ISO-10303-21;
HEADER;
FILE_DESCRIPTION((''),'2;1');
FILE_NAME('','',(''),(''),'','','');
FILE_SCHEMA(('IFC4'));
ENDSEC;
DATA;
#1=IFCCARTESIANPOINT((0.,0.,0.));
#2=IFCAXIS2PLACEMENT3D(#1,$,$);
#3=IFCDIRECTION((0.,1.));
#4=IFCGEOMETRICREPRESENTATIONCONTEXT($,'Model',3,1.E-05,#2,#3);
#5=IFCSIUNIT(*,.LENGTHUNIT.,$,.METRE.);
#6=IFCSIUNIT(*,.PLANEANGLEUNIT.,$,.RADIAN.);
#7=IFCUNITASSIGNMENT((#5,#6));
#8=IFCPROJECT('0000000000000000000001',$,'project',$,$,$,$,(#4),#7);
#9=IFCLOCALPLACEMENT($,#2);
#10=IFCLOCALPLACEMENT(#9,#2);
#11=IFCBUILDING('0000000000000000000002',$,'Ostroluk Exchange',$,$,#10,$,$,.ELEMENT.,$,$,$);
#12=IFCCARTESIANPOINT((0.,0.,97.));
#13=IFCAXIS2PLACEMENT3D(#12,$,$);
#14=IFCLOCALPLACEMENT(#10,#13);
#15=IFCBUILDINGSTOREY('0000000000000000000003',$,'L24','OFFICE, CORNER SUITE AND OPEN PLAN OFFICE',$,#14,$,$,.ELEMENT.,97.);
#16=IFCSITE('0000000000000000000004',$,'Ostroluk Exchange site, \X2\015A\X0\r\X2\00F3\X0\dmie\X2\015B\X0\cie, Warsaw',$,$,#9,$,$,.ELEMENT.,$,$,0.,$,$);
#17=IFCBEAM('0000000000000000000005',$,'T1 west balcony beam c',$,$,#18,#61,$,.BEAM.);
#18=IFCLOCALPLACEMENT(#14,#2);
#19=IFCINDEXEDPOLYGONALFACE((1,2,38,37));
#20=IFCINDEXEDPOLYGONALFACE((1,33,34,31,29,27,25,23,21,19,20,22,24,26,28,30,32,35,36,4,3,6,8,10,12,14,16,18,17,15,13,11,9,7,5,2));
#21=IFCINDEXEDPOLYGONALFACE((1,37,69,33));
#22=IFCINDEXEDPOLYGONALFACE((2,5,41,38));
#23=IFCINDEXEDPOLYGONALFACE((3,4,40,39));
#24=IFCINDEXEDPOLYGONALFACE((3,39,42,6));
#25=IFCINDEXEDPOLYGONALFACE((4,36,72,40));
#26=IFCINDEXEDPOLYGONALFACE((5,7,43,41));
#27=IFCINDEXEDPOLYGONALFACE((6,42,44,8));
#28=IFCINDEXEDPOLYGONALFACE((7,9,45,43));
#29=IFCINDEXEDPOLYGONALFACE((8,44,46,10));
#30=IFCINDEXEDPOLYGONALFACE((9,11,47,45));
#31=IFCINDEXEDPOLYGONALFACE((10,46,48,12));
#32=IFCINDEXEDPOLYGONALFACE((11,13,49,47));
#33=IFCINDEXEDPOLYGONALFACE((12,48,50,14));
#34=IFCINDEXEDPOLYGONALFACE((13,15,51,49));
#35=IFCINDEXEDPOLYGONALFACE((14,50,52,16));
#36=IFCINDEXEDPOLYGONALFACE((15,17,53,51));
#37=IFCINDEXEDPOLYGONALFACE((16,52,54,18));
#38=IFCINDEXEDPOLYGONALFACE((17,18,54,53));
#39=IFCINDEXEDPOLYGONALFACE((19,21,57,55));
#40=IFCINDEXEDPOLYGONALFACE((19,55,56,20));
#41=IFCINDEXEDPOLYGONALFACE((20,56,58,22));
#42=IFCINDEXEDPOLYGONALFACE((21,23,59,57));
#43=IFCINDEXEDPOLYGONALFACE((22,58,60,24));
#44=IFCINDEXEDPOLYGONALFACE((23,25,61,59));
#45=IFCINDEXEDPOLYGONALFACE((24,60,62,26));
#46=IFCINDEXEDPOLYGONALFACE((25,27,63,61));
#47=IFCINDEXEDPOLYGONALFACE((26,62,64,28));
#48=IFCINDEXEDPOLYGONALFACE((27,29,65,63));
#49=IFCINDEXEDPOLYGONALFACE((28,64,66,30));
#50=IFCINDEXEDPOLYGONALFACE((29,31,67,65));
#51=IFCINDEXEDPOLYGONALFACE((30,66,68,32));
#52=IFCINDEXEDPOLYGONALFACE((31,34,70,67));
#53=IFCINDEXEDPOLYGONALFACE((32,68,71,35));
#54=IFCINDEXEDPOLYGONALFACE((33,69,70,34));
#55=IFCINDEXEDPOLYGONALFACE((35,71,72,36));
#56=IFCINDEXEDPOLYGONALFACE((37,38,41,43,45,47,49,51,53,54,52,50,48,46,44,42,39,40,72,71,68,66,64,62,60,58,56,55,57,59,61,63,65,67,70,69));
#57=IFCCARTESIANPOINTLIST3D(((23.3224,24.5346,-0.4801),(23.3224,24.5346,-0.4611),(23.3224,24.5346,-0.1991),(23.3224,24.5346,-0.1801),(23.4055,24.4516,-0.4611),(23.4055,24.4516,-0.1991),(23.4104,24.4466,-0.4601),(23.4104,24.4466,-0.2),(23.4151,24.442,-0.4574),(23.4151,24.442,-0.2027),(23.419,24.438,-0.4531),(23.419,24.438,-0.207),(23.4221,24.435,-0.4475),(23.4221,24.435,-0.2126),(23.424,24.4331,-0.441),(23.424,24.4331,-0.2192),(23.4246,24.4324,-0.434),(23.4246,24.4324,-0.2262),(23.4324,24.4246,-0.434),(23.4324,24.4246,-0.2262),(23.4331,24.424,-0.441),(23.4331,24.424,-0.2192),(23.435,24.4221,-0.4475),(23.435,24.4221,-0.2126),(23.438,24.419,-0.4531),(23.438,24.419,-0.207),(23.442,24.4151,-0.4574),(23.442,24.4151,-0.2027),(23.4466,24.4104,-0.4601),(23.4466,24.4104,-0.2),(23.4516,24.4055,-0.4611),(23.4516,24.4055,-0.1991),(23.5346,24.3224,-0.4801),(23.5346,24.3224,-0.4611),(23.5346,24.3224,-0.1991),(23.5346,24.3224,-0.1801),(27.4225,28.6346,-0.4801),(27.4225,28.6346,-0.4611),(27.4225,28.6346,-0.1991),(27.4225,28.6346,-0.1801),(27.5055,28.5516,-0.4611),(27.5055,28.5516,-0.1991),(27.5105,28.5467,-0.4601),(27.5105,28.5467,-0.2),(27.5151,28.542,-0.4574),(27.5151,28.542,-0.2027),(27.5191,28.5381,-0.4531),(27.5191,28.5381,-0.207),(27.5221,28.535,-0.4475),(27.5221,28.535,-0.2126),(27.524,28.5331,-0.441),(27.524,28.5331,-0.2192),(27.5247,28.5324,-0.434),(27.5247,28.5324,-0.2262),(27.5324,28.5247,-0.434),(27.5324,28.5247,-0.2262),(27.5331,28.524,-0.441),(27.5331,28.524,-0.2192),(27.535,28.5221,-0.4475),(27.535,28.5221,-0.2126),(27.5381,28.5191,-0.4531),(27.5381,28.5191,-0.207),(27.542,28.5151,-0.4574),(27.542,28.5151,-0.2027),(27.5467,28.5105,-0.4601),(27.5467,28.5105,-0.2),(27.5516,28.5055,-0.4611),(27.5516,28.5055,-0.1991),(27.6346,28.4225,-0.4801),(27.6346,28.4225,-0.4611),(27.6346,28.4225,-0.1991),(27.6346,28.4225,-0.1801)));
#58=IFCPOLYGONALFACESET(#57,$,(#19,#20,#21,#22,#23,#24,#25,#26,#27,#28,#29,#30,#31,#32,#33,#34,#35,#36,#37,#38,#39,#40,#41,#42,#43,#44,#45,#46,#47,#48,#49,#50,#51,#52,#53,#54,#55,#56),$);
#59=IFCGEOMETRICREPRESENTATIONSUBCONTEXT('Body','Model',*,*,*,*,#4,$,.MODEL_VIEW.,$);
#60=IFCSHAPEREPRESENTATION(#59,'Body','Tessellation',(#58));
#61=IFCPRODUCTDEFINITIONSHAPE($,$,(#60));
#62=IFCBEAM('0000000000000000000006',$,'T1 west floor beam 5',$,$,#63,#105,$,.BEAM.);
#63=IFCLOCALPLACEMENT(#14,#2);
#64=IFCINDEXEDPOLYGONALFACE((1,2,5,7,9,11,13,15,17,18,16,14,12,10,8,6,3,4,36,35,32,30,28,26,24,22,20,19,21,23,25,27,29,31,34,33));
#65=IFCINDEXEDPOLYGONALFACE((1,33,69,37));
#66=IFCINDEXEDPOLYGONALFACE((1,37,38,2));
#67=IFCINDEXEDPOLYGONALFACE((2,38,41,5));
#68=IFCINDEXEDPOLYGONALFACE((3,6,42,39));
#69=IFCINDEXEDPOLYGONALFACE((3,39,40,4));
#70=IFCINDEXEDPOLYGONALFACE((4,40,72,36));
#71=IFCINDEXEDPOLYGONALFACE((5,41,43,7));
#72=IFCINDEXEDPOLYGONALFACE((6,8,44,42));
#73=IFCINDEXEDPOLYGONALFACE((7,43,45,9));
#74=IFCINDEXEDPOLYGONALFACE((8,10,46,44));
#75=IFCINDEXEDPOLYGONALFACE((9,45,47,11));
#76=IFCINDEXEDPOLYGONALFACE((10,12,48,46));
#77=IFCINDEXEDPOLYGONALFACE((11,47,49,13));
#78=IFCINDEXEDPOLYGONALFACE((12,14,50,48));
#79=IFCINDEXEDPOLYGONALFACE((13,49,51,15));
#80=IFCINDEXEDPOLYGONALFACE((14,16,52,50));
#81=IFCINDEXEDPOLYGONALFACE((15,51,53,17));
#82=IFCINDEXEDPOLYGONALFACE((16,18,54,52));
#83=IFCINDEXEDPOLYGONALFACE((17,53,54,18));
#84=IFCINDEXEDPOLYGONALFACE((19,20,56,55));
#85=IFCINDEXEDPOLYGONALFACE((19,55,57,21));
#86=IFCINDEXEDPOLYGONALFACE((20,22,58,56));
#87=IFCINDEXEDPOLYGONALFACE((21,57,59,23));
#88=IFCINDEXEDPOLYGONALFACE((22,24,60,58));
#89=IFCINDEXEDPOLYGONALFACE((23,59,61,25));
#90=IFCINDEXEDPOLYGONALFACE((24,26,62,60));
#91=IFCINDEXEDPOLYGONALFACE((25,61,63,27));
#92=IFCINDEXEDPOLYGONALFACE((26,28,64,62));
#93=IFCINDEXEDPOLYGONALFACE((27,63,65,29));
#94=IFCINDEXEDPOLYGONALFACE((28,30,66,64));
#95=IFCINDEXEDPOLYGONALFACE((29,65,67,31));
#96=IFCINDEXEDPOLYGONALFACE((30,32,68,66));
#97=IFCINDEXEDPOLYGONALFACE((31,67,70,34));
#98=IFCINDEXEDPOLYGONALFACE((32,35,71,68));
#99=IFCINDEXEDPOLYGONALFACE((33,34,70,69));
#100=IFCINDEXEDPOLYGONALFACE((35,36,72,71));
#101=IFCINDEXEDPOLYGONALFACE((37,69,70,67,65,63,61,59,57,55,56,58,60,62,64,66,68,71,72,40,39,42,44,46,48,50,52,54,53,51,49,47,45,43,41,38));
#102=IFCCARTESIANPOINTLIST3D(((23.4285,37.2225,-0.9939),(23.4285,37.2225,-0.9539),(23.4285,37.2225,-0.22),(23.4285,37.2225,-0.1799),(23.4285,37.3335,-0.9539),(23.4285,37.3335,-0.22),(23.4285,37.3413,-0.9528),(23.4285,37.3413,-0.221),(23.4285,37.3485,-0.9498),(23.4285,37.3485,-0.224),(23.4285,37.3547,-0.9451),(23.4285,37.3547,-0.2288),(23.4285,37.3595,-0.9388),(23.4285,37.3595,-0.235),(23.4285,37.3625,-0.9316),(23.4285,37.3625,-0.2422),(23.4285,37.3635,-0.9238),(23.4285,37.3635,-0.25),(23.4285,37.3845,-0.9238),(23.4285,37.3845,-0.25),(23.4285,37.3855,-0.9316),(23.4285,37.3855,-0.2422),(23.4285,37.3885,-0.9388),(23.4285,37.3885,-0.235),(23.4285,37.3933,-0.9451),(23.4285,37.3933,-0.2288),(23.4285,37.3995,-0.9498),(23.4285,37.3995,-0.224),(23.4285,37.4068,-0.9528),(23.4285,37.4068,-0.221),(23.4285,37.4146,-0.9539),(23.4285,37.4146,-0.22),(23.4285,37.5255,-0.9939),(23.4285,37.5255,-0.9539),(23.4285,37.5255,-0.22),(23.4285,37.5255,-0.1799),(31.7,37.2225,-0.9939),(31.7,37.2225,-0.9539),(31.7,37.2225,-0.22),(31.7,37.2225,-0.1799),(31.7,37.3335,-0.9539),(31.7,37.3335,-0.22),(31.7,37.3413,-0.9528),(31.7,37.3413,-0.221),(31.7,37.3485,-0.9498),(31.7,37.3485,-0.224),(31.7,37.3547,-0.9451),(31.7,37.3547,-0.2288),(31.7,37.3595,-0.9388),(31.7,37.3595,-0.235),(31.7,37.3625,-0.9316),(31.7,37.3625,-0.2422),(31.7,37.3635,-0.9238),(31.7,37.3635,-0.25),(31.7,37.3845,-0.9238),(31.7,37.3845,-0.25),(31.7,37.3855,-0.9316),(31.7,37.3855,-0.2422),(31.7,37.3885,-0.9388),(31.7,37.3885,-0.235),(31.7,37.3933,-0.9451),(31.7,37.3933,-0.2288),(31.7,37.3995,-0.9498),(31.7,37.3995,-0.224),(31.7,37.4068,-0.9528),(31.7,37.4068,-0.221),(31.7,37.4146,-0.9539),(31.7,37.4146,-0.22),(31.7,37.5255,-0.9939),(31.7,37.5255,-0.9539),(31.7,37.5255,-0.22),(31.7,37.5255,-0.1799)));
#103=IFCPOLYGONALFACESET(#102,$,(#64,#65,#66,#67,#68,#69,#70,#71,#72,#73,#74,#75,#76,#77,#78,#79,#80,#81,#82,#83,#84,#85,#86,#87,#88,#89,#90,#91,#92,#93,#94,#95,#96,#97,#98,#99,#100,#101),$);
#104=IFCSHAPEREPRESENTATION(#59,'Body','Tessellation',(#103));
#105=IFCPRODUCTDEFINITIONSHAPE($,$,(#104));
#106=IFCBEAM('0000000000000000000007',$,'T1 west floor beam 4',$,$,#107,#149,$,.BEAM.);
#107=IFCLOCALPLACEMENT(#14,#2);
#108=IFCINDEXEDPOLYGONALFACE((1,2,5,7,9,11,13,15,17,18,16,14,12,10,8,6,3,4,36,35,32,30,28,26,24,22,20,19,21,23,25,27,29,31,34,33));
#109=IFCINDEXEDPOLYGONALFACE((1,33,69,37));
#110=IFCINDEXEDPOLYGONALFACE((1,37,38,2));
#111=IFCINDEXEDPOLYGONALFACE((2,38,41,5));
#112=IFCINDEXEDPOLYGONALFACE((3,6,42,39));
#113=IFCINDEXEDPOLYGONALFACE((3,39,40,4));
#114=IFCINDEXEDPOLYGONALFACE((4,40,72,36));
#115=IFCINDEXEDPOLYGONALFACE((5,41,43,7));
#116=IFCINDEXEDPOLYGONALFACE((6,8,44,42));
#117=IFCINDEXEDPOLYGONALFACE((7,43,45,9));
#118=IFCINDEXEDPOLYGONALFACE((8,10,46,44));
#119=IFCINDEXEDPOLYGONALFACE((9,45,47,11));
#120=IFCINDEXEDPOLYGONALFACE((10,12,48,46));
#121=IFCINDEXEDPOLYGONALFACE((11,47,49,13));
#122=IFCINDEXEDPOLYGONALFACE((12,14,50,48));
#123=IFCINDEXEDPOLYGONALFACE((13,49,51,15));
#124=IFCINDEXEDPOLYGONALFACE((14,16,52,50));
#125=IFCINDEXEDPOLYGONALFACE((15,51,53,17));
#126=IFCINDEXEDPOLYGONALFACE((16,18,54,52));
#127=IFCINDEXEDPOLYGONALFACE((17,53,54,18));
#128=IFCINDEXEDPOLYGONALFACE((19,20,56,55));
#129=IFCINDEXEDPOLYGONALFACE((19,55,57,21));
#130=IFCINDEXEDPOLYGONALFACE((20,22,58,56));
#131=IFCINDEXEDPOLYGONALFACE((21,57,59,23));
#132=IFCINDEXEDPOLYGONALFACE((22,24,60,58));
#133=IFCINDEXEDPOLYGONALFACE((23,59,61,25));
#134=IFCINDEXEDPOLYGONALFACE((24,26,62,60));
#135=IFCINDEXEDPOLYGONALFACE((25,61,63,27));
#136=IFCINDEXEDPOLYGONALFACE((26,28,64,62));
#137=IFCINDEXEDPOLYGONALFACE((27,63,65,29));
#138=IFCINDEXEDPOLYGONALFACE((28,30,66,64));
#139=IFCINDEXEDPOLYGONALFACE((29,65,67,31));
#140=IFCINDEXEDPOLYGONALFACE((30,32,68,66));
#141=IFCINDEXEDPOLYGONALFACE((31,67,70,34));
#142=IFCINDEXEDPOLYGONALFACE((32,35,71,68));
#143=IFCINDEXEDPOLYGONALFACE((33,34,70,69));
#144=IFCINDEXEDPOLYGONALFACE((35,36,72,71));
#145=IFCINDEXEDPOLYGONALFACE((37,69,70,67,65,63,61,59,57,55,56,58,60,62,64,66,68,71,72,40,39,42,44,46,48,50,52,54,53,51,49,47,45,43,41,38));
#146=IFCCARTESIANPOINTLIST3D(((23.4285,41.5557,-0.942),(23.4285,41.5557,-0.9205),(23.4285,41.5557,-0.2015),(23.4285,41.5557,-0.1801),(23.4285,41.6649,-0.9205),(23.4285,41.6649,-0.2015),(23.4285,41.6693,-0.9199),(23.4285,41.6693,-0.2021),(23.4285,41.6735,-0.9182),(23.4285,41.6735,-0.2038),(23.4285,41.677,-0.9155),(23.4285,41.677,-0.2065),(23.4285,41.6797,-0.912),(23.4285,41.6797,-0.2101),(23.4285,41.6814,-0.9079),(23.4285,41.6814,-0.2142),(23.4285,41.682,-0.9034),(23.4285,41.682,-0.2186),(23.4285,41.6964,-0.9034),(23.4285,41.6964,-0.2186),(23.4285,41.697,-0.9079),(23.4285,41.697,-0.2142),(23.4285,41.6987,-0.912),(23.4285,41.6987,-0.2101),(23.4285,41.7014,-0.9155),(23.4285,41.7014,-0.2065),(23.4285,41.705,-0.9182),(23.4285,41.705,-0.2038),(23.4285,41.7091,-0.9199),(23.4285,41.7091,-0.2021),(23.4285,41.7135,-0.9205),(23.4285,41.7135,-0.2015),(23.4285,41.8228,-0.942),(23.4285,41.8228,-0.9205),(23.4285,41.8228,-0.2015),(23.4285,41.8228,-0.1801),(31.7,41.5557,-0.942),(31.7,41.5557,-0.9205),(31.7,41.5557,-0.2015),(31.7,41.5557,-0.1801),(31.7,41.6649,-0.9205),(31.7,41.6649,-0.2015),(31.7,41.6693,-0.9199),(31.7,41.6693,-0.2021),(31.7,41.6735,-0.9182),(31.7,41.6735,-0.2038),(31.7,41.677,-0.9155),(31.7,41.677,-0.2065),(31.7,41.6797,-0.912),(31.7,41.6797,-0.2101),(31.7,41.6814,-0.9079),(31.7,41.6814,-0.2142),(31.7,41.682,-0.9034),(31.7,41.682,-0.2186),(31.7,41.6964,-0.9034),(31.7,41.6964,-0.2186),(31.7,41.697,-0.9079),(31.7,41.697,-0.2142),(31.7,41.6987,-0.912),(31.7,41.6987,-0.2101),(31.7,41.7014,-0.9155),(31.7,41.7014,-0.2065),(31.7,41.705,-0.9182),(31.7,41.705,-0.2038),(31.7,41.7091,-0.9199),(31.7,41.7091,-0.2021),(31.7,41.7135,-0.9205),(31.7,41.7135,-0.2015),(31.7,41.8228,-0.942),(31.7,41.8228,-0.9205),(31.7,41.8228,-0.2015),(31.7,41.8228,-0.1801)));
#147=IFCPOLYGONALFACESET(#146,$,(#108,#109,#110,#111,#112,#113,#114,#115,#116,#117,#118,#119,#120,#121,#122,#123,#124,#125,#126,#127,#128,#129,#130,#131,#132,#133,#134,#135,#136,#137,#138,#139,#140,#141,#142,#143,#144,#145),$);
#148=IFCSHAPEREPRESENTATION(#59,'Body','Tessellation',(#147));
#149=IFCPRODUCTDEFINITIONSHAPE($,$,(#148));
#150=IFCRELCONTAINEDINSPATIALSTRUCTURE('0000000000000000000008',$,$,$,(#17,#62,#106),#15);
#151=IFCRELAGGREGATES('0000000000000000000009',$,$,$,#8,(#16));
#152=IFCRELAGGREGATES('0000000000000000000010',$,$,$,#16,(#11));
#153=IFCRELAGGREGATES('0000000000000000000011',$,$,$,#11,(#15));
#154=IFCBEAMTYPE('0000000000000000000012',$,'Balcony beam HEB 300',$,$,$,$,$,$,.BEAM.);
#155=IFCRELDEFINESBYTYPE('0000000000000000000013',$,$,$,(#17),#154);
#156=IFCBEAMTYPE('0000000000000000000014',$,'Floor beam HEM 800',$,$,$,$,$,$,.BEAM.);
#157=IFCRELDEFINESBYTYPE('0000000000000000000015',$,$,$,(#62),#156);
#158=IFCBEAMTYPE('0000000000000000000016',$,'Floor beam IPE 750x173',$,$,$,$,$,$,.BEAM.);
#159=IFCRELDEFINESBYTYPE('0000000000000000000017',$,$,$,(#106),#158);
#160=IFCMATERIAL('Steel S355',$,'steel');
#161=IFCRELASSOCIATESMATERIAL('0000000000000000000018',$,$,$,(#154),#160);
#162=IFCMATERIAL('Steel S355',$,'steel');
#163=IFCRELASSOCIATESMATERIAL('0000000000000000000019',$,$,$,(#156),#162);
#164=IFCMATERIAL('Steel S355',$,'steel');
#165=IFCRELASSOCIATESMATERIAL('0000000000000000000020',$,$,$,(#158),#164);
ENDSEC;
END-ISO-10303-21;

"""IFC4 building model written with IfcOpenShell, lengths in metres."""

from ifc_helpers import new_model, si_unit, direction, frame, origin, origin_2d, place, context, subcontext, project, spatial, i_section, extrude, material, material_profile, profile_set, type_object, element, save


model = new_model("IFC4")

# Units and contexts
model_context = context("Model", 3, precision=1e-05, world=origin(), true_north=direction((0.0, 1.0)))
body_context = subcontext(model_context, "Body", "Model", "MODEL_VIEW")
ifc_project = project(units=[si_unit("LENGTHUNIT", "METRE"), si_unit("PLANEANGLEUNIT", "RADIAN")], contexts=[model_context])

# Site, building, storey
site_placement = place(None, origin())
site = spatial("IfcSite", under=ifc_project, at=site_placement, Name="Ostroluk Exchange site, Śródmieście, Warsaw", CompositionType="ELEMENT", RefElevation=0.0)
building_placement = place(site_placement, origin())
building = spatial("IfcBuilding", under=site, at=building_placement, Name="Ostroluk Exchange", CompositionType="ELEMENT")
storey_placement = place(building_placement, frame((0.0, 0.0, 97.0)))
storey = spatial("IfcBuildingStorey", under=building, at=storey_placement, Name="L24", Description="OFFICE, CORNER SUITE AND OPEN PLAN OFFICE", CompositionType="ELEMENT", Elevation=97.0)

# Beams
ifc_material_1 = material(Name="Steel S355", Category="steel")
ifc_material_profile_1 = material_profile(ifc_material_1, i_section(OverallWidth=0.3, OverallDepth=0.3, WebThickness=0.011, FlangeThickness=0.019, FilletRadius=0.0271, at=origin_2d()), Name="HEB 300")
ifc_profile_set_1 = profile_set([ifc_material_profile_1], Name="Steel S355")
beam_type_1 = type_object("IfcBeamType", Name="Balcony beam HEB 300", PredefinedType="BEAM", material=ifc_profile_set_1)
beam_1_placement = place(storey_placement, frame((27.5286, 28.5286, -0.3301), z_axis=(-0.707107, -0.707107, 0.0), x_axis=(0.707107, -0.707107, 0.0)))
element("IfcBeam", 1, at=beam_1_placement, inside=storey, type_object=beam_type_1, Name="T1 west balcony beam c", PredefinedType="BEAM", context=body_context, shape_type="SweptSolid", body=[
    extrude(i_section(OverallWidth=0.3, OverallDepth=0.3, WebThickness=0.011, FlangeThickness=0.019, FilletRadius=0.0271, at=origin_2d()), origin(), (0.0, 0.0, 1.0), 5.7983),
])
ifc_material_2 = material(Name="Steel S355", Category="steel")
ifc_material_profile_2 = material_profile(ifc_material_2, i_section(OverallWidth=0.303, OverallDepth=0.814, WebThickness=0.021, FlangeThickness=0.04, FilletRadius=0.03, at=origin_2d()), Name="HEM 800")
ifc_profile_set_2 = profile_set([ifc_material_profile_2], Name="Steel S355")
beam_type_2 = type_object("IfcBeamType", Name="Floor beam HEM 800", PredefinedType="BEAM", material=ifc_profile_set_2)
beam_2_placement = place(storey_placement, frame((31.7, 37.374, -0.5869), z_axis=(-1.0, 0.0, 0.0), x_axis=(0.0, -1.0, 0.0)))
element("IfcBeam", 2, at=beam_2_placement, inside=storey, type_object=beam_type_2, Name="T1 west floor beam 5", PredefinedType="BEAM", context=body_context, shape_type="SweptSolid", body=[
    extrude(i_section(OverallWidth=0.303, OverallDepth=0.814, WebThickness=0.021, FlangeThickness=0.04, FilletRadius=0.03, at=origin_2d()), origin(), (0.0, 0.0, 1.0), 8.2715),
])
ifc_material_3 = material(Name="Steel S355", Category="steel")
ifc_material_profile_3 = material_profile(ifc_material_3, i_section(OverallWidth=0.2671, OverallDepth=0.762, WebThickness=0.0144, FlangeThickness=0.0215, FilletRadius=0.0171, at=origin_2d()), Name="IPE 750x173")
ifc_profile_set_3 = profile_set([ifc_material_profile_3], Name="Steel S355")
beam_type_3 = type_object("IfcBeamType", Name="Floor beam IPE 750x173", PredefinedType="BEAM", material=ifc_profile_set_3)
beam_3_placement = place(storey_placement, frame((31.7, 41.6892, -0.561), z_axis=(-1.0, 0.0, 0.0), x_axis=(0.0, -1.0, 0.0)))
element("IfcBeam", 3, at=beam_3_placement, inside=storey, type_object=beam_type_3, Name="T1 west floor beam 4", PredefinedType="BEAM", context=body_context, shape_type="SweptSolid", body=[
    extrude(i_section(OverallWidth=0.2671, OverallDepth=0.762, WebThickness=0.0144, FlangeThickness=0.0215, FilletRadius=0.0171, at=origin_2d()), origin(), (0.0, 0.0, 1.0), 8.2715),
])

save(model, "model.ifc")
